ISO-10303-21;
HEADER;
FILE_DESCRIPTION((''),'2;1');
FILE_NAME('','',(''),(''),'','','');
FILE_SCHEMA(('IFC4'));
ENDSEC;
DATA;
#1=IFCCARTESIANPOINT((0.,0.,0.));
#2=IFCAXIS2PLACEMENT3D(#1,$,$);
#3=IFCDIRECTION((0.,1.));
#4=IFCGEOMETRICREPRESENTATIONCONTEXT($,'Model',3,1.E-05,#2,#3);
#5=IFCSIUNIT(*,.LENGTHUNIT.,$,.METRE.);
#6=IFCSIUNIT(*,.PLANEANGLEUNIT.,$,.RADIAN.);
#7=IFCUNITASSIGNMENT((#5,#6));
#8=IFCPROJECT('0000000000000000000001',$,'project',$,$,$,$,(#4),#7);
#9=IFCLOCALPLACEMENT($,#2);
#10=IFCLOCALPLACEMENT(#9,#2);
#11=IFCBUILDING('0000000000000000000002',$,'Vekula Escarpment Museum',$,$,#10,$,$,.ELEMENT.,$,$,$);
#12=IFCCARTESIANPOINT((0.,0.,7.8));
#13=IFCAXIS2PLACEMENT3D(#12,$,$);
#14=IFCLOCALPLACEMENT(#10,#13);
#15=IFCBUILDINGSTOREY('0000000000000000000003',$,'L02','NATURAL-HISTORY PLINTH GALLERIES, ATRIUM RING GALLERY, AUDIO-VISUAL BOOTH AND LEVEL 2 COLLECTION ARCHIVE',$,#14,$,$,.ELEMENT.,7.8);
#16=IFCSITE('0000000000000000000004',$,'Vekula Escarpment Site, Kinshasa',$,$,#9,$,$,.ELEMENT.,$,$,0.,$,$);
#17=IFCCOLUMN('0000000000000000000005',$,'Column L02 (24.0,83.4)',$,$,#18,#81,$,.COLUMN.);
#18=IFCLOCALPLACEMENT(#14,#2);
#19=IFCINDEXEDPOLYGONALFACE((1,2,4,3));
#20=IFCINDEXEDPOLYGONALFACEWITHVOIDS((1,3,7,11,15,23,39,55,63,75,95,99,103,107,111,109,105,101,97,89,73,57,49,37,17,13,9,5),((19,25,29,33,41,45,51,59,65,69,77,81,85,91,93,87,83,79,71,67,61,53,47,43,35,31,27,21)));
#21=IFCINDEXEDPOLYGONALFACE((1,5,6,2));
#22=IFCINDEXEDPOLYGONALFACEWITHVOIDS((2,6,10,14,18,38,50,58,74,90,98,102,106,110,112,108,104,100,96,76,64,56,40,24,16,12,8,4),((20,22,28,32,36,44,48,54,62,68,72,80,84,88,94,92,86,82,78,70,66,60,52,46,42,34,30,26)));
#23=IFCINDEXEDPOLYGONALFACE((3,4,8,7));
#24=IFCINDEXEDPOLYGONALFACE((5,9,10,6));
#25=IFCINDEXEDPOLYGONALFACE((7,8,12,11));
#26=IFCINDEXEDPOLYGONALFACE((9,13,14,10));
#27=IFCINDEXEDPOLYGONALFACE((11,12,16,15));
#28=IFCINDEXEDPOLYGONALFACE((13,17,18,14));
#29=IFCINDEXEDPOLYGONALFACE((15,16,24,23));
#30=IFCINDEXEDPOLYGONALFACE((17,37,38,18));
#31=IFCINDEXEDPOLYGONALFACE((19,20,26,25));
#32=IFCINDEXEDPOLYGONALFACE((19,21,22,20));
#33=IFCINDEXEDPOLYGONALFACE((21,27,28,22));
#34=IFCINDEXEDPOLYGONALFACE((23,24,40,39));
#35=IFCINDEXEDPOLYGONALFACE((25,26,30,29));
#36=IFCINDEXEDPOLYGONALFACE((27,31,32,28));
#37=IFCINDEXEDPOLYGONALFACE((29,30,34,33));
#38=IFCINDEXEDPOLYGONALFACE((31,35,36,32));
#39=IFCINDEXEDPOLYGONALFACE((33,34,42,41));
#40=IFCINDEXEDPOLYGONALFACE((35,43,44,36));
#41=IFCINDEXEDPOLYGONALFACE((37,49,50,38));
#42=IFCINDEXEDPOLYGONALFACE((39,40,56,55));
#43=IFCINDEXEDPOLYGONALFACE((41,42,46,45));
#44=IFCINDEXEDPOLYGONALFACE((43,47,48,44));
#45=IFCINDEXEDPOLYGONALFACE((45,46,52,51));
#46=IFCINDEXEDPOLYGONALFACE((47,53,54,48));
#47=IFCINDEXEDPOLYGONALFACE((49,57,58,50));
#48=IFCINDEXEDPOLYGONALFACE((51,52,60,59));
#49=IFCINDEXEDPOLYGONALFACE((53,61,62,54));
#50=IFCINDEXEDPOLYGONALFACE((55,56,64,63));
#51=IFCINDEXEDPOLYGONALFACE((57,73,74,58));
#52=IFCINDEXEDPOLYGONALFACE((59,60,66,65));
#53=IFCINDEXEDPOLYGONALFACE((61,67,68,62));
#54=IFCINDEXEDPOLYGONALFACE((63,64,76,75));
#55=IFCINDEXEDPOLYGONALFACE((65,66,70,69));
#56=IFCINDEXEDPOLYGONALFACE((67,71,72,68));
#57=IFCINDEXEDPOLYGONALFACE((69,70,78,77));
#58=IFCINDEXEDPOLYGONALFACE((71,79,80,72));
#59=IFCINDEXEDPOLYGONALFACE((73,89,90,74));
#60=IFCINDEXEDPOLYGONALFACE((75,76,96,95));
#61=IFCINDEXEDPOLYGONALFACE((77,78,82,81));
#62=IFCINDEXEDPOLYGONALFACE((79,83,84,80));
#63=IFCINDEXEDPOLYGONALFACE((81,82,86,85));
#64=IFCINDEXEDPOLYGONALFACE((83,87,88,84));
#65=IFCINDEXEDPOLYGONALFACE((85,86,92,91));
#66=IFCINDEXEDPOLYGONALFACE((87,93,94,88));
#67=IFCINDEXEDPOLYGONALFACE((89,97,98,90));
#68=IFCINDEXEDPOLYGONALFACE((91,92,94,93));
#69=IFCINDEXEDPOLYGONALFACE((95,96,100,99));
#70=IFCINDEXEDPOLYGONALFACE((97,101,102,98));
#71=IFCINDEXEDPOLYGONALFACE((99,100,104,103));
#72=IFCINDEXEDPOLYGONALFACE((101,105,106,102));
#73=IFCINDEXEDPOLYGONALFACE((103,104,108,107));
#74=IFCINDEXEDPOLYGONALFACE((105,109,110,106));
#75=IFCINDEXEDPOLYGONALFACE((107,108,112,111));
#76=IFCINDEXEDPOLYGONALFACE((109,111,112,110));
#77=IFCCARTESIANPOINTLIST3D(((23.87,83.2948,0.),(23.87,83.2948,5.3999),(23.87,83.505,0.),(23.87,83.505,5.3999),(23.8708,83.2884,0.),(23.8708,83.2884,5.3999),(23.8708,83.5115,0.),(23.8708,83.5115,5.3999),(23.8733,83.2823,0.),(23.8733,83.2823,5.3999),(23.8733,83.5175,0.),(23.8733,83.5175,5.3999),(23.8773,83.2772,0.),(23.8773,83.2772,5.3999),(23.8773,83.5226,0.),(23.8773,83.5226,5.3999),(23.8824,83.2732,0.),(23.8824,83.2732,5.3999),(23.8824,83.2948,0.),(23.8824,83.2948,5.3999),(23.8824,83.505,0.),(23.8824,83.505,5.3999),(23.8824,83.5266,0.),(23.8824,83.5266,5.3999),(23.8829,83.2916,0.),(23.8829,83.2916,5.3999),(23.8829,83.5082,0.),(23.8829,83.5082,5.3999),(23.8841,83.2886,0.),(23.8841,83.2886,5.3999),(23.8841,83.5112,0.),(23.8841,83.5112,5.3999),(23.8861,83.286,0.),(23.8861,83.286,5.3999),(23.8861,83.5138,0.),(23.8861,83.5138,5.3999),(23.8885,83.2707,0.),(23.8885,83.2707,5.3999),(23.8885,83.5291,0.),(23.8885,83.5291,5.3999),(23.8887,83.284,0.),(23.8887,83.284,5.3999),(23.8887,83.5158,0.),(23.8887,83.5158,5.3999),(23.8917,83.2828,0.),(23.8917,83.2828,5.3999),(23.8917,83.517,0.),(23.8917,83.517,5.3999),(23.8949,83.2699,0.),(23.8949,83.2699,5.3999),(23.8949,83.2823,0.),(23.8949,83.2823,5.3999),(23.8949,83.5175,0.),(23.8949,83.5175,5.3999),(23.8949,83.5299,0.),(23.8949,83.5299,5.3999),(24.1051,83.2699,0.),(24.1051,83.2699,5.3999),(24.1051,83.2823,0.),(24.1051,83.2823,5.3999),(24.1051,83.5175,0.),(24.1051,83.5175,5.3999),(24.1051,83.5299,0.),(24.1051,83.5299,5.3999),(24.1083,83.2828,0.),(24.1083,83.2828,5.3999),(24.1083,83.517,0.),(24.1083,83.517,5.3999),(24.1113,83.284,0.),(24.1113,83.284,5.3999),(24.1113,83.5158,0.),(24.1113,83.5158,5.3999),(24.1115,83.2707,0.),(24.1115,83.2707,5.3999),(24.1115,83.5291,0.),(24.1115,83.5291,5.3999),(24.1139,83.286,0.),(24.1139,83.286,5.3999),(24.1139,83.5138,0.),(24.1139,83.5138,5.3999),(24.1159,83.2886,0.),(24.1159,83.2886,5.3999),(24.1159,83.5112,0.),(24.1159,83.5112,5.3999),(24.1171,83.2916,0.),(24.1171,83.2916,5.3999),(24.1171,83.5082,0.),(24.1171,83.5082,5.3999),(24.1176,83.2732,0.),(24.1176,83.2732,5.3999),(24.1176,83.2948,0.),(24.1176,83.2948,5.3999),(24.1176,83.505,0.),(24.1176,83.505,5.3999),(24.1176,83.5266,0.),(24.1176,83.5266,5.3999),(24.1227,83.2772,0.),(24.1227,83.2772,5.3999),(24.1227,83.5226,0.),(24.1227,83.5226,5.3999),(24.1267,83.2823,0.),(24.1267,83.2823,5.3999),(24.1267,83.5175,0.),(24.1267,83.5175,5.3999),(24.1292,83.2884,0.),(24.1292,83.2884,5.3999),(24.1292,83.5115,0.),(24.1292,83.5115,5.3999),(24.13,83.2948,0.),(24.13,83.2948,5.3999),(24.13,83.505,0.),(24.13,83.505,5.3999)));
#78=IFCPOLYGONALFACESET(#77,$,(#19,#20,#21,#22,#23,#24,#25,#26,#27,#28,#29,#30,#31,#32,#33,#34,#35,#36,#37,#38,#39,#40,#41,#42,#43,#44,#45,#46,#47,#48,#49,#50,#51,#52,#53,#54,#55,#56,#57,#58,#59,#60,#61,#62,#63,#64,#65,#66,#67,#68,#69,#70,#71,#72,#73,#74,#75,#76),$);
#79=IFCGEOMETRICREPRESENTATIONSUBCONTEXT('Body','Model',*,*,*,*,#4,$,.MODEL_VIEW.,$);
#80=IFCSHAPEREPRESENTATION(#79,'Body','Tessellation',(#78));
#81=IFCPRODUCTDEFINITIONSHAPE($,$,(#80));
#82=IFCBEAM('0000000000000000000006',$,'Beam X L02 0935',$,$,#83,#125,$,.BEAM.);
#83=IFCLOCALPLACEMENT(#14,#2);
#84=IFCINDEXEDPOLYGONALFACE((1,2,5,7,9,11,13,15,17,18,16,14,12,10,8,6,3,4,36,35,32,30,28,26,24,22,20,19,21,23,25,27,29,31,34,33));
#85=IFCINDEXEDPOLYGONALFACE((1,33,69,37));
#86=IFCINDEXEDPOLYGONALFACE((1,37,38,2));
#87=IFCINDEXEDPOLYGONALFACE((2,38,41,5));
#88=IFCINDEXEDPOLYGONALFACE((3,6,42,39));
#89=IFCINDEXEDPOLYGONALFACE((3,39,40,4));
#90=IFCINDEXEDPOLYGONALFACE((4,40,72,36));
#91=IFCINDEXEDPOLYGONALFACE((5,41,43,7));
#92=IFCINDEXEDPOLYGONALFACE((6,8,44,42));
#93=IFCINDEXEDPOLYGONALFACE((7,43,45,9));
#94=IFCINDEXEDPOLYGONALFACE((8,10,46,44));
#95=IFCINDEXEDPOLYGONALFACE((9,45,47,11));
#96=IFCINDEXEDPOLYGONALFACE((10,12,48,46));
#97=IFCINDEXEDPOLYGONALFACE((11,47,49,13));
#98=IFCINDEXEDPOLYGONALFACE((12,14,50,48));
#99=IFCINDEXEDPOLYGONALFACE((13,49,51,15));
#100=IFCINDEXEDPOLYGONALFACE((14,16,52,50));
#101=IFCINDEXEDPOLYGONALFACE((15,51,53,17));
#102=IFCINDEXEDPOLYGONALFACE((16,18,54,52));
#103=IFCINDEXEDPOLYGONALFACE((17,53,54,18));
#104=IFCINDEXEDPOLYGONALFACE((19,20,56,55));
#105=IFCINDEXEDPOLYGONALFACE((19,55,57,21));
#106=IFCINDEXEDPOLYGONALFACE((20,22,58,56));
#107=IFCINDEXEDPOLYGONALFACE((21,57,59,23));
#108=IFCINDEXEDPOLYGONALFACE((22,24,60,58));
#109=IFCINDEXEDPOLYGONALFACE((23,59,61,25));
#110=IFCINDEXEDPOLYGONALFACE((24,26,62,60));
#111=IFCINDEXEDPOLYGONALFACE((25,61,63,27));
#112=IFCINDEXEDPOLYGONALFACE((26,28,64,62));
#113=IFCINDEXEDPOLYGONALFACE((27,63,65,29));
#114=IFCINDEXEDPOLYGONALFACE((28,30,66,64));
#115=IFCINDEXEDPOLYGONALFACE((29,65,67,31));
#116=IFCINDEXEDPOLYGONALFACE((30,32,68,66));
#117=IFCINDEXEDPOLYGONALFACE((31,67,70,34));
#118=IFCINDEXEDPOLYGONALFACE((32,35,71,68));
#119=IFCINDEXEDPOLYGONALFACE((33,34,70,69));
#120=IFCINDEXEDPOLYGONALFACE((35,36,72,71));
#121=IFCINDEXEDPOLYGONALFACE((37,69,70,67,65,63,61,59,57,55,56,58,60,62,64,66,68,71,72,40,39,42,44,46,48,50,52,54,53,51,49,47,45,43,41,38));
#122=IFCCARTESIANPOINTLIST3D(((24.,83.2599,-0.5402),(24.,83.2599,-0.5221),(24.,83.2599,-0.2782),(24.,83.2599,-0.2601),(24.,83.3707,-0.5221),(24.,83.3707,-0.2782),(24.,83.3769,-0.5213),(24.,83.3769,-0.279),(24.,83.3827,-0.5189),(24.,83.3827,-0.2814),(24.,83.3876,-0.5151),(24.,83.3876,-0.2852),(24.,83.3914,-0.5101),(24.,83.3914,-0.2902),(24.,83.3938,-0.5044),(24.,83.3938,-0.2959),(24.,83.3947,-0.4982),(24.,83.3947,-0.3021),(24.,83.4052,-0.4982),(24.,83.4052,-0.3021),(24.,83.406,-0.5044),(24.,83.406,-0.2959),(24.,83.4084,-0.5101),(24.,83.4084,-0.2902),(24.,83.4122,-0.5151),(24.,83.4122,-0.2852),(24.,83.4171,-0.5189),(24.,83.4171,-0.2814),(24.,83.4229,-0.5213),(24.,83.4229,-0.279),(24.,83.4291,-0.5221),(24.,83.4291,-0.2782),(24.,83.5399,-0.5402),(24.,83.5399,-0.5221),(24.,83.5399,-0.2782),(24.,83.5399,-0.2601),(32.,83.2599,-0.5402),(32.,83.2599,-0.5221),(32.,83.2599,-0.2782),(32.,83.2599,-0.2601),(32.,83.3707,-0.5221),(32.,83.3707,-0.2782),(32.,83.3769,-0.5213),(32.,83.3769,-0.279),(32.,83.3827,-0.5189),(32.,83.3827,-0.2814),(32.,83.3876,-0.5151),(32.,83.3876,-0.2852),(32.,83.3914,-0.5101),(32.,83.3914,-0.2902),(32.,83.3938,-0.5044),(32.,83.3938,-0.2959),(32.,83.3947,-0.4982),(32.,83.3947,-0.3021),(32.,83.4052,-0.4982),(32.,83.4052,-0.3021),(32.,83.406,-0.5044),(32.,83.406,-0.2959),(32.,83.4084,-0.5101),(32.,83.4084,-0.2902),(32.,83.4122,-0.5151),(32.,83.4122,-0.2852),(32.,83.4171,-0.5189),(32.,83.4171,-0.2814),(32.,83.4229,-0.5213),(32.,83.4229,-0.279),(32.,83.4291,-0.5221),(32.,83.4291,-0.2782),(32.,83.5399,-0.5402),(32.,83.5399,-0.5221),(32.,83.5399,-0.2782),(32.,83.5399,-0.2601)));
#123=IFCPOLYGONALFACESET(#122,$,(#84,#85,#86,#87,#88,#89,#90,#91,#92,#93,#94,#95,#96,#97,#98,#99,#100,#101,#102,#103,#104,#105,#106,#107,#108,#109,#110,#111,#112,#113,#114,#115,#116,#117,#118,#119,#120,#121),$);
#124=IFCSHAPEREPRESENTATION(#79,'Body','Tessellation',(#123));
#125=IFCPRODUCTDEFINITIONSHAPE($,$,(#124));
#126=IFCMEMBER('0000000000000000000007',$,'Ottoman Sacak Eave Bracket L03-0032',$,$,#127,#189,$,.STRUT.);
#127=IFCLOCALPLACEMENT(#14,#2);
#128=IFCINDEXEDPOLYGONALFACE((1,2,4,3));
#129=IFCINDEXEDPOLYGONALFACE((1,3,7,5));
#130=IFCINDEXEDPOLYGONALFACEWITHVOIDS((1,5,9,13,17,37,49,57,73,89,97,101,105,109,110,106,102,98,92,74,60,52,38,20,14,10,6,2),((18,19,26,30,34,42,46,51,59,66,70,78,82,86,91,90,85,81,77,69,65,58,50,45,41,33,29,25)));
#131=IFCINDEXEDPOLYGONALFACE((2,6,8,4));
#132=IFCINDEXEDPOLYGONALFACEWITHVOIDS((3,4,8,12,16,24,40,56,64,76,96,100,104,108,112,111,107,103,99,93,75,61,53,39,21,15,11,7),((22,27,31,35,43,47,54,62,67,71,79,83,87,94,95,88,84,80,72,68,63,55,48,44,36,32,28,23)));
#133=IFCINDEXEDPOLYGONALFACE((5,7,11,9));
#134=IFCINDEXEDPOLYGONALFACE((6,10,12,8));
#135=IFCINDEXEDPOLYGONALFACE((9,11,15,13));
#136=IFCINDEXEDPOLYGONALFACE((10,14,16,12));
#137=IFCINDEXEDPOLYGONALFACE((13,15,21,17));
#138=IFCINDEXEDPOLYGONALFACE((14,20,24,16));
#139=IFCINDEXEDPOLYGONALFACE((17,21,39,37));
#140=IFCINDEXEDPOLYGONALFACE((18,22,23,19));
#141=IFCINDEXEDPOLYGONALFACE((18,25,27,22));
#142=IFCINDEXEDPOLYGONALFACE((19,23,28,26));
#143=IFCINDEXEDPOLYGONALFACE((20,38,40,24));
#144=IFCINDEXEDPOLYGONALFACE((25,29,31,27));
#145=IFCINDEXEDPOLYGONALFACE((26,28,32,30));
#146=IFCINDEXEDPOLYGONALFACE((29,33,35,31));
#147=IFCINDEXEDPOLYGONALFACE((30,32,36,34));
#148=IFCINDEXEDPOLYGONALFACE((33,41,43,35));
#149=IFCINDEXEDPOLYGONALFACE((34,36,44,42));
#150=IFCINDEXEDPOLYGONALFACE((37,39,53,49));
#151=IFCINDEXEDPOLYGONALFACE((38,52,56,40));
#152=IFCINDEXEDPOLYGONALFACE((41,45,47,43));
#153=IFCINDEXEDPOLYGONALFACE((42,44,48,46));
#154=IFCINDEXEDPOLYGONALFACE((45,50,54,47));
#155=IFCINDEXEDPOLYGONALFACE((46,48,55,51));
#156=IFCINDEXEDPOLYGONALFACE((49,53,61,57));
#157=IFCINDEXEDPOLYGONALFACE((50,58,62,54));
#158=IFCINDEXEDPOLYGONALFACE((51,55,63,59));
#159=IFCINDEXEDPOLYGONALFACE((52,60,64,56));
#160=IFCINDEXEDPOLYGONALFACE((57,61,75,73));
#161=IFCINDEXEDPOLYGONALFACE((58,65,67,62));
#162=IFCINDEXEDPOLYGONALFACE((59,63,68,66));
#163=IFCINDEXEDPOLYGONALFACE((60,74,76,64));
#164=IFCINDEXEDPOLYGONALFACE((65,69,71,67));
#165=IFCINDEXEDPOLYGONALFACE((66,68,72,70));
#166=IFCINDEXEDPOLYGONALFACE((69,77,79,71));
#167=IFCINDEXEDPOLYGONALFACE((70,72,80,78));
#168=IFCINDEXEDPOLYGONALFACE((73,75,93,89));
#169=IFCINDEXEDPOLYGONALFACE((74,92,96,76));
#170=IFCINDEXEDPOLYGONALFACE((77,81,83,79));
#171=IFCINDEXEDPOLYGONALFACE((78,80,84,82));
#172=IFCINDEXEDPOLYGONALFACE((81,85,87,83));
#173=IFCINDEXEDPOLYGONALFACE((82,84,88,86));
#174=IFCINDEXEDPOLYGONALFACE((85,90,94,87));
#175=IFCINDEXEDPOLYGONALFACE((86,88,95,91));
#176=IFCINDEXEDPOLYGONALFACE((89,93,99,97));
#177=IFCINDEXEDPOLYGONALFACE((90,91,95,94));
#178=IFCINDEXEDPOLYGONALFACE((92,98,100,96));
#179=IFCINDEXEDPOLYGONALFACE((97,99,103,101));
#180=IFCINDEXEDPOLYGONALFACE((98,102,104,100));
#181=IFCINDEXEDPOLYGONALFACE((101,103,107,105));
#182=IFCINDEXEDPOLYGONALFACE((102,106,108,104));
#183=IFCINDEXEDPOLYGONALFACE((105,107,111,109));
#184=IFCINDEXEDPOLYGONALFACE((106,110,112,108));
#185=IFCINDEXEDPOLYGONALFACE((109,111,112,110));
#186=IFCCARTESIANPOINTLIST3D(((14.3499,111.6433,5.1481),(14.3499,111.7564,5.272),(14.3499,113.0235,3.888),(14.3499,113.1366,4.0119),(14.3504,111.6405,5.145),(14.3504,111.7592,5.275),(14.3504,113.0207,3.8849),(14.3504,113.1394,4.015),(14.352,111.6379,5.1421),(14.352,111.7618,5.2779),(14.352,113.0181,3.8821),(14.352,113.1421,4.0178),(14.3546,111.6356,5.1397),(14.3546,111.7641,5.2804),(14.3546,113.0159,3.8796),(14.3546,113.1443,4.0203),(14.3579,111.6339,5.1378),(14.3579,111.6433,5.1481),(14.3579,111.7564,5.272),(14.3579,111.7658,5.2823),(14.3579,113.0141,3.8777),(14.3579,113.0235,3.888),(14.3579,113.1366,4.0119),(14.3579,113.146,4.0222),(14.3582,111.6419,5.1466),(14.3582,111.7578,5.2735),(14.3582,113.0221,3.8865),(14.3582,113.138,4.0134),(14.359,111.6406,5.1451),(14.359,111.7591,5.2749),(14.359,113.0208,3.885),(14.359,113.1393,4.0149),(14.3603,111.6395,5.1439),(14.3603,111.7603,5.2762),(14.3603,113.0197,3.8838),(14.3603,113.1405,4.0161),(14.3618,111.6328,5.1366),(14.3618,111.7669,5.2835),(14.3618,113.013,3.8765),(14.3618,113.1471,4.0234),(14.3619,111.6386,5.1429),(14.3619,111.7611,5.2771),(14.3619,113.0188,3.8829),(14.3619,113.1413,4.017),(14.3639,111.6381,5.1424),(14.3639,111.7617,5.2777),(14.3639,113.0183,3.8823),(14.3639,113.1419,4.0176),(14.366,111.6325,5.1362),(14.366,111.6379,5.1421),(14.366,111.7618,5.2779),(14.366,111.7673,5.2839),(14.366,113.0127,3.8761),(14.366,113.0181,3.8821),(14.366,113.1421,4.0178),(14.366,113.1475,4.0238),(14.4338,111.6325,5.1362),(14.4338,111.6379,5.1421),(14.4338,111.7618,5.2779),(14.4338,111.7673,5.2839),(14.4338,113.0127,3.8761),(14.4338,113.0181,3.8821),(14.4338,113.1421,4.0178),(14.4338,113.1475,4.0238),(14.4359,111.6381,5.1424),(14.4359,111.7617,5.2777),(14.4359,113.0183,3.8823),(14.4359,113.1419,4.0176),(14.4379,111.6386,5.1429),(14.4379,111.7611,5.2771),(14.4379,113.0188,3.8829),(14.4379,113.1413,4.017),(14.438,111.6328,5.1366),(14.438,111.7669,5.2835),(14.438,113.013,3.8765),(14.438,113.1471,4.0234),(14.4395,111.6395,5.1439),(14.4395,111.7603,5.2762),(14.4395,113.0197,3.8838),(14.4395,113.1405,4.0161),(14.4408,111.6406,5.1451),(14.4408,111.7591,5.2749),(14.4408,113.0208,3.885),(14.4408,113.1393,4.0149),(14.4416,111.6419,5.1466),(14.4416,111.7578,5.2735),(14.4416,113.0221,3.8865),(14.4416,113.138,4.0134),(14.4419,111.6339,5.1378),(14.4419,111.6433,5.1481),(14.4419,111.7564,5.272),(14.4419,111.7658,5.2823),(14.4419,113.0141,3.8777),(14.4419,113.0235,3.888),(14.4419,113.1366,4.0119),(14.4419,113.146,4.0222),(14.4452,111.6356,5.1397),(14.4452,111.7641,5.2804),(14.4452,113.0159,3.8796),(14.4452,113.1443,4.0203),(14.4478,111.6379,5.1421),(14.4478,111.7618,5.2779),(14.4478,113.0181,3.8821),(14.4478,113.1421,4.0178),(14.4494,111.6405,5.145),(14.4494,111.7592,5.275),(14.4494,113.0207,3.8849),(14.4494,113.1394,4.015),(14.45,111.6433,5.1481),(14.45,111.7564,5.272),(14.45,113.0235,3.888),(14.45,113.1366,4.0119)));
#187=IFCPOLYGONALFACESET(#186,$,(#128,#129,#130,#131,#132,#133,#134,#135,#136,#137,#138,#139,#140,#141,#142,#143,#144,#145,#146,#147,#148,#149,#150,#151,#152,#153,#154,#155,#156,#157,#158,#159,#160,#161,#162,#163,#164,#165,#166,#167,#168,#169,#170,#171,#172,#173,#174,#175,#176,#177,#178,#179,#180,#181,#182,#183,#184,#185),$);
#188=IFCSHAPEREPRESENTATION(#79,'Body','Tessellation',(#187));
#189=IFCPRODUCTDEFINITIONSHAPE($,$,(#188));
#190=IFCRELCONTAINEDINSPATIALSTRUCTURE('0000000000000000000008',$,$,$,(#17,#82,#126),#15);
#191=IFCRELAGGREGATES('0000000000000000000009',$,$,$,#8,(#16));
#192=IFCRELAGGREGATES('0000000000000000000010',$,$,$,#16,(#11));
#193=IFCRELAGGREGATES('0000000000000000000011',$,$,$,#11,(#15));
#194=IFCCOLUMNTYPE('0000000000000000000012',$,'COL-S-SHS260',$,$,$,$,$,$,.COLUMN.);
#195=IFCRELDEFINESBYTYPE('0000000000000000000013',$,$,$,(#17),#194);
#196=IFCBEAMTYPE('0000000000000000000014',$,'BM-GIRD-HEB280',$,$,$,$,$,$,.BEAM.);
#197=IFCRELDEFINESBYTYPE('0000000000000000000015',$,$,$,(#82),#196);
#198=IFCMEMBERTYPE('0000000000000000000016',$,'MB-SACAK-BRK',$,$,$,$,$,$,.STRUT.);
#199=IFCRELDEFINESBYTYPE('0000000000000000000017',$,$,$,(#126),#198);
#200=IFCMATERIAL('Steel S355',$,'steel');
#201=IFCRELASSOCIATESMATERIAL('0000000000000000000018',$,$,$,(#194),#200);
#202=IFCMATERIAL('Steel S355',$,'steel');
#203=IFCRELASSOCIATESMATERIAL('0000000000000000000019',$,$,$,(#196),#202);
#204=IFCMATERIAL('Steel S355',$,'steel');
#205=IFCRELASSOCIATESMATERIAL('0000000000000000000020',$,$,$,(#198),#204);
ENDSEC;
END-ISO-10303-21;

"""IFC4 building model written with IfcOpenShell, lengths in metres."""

from ifc_helpers import new_model, si_unit, direction, frame, origin, origin_2d, place, context, subcontext, project, spatial, hollow_rectangle, i_section, extrude, material, material_profile, profile_set, type_object, element, save


model = new_model("IFC4")

# Units and contexts
model_context = context("Model", 3, precision=1e-05, world=origin(), true_north=direction((0.0, 1.0)))
body_context = subcontext(model_context, "Body", "Model", "MODEL_VIEW")
ifc_project = project(units=[si_unit("LENGTHUNIT", "METRE"), si_unit("PLANEANGLEUNIT", "RADIAN")], contexts=[model_context])

# Site, building, storey
site_placement = place(None, origin())
site = spatial("IfcSite", under=ifc_project, at=site_placement, Name="Vekula Escarpment Site, Kinshasa", CompositionType="ELEMENT", RefElevation=0.0)
building_placement = place(site_placement, origin())
building = spatial("IfcBuilding", under=site, at=building_placement, Name="Vekula Escarpment Museum", CompositionType="ELEMENT")
storey_placement = place(building_placement, frame((0.0, 0.0, 7.8)))
storey = spatial("IfcBuildingStorey", under=building, at=storey_placement, Name="L02", Description="NATURAL-HISTORY PLINTH GALLERIES, ATRIUM RING GALLERY, AUDIO-VISUAL BOOTH AND LEVEL 2 COLLECTION ARCHIVE", CompositionType="ELEMENT", Elevation=7.8)

# Column
ifc_material_1 = material(Name="Steel S355", Category="steel")
ifc_material_profile_1 = material_profile(ifc_material_1, hollow_rectangle(XDim=0.26, YDim=0.26, WallThickness=0.0125, InnerFilletRadius=0.0125, OuterFilletRadius=0.0249, at=origin_2d()), Name="SHS 260x260x12.5")
ifc_profile_set_1 = profile_set([ifc_material_profile_1], Name="Steel S355")
column_type = type_object("IfcColumnType", Name="COL-S-SHS260", PredefinedType="COLUMN", material=ifc_profile_set_1)
column_placement = place(storey_placement, frame((24.0, 83.3999, 0.0), z_axis=(0.0, 0.0, 1.0), x_axis=(1.0, 0.0, 0.0)))
element("IfcColumn", 1, at=column_placement, inside=storey, type_object=column_type, Name="Column L02 (24.0,83.4)", PredefinedType="COLUMN", context=body_context, shape_type="SweptSolid", body=[
    extrude(hollow_rectangle(XDim=0.26, YDim=0.26, WallThickness=0.0125, InnerFilletRadius=0.0125, OuterFilletRadius=0.0249, at=origin_2d()), origin(), (0.0, 0.0, 1.0), 5.3999),
])

# Beam
ifc_material_2 = material(Name="Steel S355", Category="steel")
ifc_material_profile_2 = material_profile(ifc_material_2, i_section(OverallWidth=0.28, OverallDepth=0.28, WebThickness=0.0105, FlangeThickness=0.0181, FilletRadius=0.0239, at=origin_2d()), Name="HEB 280")
ifc_profile_set_2 = profile_set([ifc_material_profile_2], Name="Steel S355")
beam_type = type_object("IfcBeamType", Name="BM-GIRD-HEB280", PredefinedType="BEAM", material=ifc_profile_set_2)
beam_placement = place(storey_placement, frame((24.0, 83.3999, -0.4001), z_axis=(1.0, 0.0, 0.0), x_axis=(0.0, 1.0, 0.0)))
element("IfcBeam", 2, at=beam_placement, inside=storey, type_object=beam_type, Name="Beam X L02 0935", PredefinedType="BEAM", context=body_context, shape_type="SweptSolid", body=[
    extrude(i_section(OverallWidth=0.28, OverallDepth=0.28, WebThickness=0.0105, FlangeThickness=0.0181, FilletRadius=0.0239, at=origin_2d()), origin(), (0.0, 0.0, 1.0), 8.0),
])

# Member
ifc_material_3 = material(Name="Steel S355", Category="steel")
ifc_material_profile_3 = material_profile(ifc_material_3, hollow_rectangle(XDim=0.1001, YDim=0.2, WallThickness=0.0081, InnerFilletRadius=0.0081, OuterFilletRadius=0.0161, at=origin_2d()), Name="RHS 200x100x8")
ifc_profile_set_3 = profile_set([ifc_material_profile_3], Name="Steel S355")
member_type = type_object("IfcMemberType", Name="MB-SACAK-BRK", PredefinedType="STRUT", material=ifc_profile_set_3)
member_placement = place(storey_placement, frame((14.3999, 113.0801, 3.95), z_axis=(0.0, -0.738514, 0.674238), x_axis=(1.0, 0.0, 0.0)))
element("IfcMember", 3, at=member_placement, inside=storey, type_object=member_type, Name="Ottoman Sacak Eave Bracket L03-0032", PredefinedType="STRUT", context=body_context, shape_type="SweptSolid", body=[
    extrude(hollow_rectangle(XDim=0.1001, YDim=0.2, WallThickness=0.0081, InnerFilletRadius=0.0081, OuterFilletRadius=0.0161, at=origin_2d()), origin(), (0.0, 0.0, 1.0), 1.8689),
])

save(model, "model.ifc")
